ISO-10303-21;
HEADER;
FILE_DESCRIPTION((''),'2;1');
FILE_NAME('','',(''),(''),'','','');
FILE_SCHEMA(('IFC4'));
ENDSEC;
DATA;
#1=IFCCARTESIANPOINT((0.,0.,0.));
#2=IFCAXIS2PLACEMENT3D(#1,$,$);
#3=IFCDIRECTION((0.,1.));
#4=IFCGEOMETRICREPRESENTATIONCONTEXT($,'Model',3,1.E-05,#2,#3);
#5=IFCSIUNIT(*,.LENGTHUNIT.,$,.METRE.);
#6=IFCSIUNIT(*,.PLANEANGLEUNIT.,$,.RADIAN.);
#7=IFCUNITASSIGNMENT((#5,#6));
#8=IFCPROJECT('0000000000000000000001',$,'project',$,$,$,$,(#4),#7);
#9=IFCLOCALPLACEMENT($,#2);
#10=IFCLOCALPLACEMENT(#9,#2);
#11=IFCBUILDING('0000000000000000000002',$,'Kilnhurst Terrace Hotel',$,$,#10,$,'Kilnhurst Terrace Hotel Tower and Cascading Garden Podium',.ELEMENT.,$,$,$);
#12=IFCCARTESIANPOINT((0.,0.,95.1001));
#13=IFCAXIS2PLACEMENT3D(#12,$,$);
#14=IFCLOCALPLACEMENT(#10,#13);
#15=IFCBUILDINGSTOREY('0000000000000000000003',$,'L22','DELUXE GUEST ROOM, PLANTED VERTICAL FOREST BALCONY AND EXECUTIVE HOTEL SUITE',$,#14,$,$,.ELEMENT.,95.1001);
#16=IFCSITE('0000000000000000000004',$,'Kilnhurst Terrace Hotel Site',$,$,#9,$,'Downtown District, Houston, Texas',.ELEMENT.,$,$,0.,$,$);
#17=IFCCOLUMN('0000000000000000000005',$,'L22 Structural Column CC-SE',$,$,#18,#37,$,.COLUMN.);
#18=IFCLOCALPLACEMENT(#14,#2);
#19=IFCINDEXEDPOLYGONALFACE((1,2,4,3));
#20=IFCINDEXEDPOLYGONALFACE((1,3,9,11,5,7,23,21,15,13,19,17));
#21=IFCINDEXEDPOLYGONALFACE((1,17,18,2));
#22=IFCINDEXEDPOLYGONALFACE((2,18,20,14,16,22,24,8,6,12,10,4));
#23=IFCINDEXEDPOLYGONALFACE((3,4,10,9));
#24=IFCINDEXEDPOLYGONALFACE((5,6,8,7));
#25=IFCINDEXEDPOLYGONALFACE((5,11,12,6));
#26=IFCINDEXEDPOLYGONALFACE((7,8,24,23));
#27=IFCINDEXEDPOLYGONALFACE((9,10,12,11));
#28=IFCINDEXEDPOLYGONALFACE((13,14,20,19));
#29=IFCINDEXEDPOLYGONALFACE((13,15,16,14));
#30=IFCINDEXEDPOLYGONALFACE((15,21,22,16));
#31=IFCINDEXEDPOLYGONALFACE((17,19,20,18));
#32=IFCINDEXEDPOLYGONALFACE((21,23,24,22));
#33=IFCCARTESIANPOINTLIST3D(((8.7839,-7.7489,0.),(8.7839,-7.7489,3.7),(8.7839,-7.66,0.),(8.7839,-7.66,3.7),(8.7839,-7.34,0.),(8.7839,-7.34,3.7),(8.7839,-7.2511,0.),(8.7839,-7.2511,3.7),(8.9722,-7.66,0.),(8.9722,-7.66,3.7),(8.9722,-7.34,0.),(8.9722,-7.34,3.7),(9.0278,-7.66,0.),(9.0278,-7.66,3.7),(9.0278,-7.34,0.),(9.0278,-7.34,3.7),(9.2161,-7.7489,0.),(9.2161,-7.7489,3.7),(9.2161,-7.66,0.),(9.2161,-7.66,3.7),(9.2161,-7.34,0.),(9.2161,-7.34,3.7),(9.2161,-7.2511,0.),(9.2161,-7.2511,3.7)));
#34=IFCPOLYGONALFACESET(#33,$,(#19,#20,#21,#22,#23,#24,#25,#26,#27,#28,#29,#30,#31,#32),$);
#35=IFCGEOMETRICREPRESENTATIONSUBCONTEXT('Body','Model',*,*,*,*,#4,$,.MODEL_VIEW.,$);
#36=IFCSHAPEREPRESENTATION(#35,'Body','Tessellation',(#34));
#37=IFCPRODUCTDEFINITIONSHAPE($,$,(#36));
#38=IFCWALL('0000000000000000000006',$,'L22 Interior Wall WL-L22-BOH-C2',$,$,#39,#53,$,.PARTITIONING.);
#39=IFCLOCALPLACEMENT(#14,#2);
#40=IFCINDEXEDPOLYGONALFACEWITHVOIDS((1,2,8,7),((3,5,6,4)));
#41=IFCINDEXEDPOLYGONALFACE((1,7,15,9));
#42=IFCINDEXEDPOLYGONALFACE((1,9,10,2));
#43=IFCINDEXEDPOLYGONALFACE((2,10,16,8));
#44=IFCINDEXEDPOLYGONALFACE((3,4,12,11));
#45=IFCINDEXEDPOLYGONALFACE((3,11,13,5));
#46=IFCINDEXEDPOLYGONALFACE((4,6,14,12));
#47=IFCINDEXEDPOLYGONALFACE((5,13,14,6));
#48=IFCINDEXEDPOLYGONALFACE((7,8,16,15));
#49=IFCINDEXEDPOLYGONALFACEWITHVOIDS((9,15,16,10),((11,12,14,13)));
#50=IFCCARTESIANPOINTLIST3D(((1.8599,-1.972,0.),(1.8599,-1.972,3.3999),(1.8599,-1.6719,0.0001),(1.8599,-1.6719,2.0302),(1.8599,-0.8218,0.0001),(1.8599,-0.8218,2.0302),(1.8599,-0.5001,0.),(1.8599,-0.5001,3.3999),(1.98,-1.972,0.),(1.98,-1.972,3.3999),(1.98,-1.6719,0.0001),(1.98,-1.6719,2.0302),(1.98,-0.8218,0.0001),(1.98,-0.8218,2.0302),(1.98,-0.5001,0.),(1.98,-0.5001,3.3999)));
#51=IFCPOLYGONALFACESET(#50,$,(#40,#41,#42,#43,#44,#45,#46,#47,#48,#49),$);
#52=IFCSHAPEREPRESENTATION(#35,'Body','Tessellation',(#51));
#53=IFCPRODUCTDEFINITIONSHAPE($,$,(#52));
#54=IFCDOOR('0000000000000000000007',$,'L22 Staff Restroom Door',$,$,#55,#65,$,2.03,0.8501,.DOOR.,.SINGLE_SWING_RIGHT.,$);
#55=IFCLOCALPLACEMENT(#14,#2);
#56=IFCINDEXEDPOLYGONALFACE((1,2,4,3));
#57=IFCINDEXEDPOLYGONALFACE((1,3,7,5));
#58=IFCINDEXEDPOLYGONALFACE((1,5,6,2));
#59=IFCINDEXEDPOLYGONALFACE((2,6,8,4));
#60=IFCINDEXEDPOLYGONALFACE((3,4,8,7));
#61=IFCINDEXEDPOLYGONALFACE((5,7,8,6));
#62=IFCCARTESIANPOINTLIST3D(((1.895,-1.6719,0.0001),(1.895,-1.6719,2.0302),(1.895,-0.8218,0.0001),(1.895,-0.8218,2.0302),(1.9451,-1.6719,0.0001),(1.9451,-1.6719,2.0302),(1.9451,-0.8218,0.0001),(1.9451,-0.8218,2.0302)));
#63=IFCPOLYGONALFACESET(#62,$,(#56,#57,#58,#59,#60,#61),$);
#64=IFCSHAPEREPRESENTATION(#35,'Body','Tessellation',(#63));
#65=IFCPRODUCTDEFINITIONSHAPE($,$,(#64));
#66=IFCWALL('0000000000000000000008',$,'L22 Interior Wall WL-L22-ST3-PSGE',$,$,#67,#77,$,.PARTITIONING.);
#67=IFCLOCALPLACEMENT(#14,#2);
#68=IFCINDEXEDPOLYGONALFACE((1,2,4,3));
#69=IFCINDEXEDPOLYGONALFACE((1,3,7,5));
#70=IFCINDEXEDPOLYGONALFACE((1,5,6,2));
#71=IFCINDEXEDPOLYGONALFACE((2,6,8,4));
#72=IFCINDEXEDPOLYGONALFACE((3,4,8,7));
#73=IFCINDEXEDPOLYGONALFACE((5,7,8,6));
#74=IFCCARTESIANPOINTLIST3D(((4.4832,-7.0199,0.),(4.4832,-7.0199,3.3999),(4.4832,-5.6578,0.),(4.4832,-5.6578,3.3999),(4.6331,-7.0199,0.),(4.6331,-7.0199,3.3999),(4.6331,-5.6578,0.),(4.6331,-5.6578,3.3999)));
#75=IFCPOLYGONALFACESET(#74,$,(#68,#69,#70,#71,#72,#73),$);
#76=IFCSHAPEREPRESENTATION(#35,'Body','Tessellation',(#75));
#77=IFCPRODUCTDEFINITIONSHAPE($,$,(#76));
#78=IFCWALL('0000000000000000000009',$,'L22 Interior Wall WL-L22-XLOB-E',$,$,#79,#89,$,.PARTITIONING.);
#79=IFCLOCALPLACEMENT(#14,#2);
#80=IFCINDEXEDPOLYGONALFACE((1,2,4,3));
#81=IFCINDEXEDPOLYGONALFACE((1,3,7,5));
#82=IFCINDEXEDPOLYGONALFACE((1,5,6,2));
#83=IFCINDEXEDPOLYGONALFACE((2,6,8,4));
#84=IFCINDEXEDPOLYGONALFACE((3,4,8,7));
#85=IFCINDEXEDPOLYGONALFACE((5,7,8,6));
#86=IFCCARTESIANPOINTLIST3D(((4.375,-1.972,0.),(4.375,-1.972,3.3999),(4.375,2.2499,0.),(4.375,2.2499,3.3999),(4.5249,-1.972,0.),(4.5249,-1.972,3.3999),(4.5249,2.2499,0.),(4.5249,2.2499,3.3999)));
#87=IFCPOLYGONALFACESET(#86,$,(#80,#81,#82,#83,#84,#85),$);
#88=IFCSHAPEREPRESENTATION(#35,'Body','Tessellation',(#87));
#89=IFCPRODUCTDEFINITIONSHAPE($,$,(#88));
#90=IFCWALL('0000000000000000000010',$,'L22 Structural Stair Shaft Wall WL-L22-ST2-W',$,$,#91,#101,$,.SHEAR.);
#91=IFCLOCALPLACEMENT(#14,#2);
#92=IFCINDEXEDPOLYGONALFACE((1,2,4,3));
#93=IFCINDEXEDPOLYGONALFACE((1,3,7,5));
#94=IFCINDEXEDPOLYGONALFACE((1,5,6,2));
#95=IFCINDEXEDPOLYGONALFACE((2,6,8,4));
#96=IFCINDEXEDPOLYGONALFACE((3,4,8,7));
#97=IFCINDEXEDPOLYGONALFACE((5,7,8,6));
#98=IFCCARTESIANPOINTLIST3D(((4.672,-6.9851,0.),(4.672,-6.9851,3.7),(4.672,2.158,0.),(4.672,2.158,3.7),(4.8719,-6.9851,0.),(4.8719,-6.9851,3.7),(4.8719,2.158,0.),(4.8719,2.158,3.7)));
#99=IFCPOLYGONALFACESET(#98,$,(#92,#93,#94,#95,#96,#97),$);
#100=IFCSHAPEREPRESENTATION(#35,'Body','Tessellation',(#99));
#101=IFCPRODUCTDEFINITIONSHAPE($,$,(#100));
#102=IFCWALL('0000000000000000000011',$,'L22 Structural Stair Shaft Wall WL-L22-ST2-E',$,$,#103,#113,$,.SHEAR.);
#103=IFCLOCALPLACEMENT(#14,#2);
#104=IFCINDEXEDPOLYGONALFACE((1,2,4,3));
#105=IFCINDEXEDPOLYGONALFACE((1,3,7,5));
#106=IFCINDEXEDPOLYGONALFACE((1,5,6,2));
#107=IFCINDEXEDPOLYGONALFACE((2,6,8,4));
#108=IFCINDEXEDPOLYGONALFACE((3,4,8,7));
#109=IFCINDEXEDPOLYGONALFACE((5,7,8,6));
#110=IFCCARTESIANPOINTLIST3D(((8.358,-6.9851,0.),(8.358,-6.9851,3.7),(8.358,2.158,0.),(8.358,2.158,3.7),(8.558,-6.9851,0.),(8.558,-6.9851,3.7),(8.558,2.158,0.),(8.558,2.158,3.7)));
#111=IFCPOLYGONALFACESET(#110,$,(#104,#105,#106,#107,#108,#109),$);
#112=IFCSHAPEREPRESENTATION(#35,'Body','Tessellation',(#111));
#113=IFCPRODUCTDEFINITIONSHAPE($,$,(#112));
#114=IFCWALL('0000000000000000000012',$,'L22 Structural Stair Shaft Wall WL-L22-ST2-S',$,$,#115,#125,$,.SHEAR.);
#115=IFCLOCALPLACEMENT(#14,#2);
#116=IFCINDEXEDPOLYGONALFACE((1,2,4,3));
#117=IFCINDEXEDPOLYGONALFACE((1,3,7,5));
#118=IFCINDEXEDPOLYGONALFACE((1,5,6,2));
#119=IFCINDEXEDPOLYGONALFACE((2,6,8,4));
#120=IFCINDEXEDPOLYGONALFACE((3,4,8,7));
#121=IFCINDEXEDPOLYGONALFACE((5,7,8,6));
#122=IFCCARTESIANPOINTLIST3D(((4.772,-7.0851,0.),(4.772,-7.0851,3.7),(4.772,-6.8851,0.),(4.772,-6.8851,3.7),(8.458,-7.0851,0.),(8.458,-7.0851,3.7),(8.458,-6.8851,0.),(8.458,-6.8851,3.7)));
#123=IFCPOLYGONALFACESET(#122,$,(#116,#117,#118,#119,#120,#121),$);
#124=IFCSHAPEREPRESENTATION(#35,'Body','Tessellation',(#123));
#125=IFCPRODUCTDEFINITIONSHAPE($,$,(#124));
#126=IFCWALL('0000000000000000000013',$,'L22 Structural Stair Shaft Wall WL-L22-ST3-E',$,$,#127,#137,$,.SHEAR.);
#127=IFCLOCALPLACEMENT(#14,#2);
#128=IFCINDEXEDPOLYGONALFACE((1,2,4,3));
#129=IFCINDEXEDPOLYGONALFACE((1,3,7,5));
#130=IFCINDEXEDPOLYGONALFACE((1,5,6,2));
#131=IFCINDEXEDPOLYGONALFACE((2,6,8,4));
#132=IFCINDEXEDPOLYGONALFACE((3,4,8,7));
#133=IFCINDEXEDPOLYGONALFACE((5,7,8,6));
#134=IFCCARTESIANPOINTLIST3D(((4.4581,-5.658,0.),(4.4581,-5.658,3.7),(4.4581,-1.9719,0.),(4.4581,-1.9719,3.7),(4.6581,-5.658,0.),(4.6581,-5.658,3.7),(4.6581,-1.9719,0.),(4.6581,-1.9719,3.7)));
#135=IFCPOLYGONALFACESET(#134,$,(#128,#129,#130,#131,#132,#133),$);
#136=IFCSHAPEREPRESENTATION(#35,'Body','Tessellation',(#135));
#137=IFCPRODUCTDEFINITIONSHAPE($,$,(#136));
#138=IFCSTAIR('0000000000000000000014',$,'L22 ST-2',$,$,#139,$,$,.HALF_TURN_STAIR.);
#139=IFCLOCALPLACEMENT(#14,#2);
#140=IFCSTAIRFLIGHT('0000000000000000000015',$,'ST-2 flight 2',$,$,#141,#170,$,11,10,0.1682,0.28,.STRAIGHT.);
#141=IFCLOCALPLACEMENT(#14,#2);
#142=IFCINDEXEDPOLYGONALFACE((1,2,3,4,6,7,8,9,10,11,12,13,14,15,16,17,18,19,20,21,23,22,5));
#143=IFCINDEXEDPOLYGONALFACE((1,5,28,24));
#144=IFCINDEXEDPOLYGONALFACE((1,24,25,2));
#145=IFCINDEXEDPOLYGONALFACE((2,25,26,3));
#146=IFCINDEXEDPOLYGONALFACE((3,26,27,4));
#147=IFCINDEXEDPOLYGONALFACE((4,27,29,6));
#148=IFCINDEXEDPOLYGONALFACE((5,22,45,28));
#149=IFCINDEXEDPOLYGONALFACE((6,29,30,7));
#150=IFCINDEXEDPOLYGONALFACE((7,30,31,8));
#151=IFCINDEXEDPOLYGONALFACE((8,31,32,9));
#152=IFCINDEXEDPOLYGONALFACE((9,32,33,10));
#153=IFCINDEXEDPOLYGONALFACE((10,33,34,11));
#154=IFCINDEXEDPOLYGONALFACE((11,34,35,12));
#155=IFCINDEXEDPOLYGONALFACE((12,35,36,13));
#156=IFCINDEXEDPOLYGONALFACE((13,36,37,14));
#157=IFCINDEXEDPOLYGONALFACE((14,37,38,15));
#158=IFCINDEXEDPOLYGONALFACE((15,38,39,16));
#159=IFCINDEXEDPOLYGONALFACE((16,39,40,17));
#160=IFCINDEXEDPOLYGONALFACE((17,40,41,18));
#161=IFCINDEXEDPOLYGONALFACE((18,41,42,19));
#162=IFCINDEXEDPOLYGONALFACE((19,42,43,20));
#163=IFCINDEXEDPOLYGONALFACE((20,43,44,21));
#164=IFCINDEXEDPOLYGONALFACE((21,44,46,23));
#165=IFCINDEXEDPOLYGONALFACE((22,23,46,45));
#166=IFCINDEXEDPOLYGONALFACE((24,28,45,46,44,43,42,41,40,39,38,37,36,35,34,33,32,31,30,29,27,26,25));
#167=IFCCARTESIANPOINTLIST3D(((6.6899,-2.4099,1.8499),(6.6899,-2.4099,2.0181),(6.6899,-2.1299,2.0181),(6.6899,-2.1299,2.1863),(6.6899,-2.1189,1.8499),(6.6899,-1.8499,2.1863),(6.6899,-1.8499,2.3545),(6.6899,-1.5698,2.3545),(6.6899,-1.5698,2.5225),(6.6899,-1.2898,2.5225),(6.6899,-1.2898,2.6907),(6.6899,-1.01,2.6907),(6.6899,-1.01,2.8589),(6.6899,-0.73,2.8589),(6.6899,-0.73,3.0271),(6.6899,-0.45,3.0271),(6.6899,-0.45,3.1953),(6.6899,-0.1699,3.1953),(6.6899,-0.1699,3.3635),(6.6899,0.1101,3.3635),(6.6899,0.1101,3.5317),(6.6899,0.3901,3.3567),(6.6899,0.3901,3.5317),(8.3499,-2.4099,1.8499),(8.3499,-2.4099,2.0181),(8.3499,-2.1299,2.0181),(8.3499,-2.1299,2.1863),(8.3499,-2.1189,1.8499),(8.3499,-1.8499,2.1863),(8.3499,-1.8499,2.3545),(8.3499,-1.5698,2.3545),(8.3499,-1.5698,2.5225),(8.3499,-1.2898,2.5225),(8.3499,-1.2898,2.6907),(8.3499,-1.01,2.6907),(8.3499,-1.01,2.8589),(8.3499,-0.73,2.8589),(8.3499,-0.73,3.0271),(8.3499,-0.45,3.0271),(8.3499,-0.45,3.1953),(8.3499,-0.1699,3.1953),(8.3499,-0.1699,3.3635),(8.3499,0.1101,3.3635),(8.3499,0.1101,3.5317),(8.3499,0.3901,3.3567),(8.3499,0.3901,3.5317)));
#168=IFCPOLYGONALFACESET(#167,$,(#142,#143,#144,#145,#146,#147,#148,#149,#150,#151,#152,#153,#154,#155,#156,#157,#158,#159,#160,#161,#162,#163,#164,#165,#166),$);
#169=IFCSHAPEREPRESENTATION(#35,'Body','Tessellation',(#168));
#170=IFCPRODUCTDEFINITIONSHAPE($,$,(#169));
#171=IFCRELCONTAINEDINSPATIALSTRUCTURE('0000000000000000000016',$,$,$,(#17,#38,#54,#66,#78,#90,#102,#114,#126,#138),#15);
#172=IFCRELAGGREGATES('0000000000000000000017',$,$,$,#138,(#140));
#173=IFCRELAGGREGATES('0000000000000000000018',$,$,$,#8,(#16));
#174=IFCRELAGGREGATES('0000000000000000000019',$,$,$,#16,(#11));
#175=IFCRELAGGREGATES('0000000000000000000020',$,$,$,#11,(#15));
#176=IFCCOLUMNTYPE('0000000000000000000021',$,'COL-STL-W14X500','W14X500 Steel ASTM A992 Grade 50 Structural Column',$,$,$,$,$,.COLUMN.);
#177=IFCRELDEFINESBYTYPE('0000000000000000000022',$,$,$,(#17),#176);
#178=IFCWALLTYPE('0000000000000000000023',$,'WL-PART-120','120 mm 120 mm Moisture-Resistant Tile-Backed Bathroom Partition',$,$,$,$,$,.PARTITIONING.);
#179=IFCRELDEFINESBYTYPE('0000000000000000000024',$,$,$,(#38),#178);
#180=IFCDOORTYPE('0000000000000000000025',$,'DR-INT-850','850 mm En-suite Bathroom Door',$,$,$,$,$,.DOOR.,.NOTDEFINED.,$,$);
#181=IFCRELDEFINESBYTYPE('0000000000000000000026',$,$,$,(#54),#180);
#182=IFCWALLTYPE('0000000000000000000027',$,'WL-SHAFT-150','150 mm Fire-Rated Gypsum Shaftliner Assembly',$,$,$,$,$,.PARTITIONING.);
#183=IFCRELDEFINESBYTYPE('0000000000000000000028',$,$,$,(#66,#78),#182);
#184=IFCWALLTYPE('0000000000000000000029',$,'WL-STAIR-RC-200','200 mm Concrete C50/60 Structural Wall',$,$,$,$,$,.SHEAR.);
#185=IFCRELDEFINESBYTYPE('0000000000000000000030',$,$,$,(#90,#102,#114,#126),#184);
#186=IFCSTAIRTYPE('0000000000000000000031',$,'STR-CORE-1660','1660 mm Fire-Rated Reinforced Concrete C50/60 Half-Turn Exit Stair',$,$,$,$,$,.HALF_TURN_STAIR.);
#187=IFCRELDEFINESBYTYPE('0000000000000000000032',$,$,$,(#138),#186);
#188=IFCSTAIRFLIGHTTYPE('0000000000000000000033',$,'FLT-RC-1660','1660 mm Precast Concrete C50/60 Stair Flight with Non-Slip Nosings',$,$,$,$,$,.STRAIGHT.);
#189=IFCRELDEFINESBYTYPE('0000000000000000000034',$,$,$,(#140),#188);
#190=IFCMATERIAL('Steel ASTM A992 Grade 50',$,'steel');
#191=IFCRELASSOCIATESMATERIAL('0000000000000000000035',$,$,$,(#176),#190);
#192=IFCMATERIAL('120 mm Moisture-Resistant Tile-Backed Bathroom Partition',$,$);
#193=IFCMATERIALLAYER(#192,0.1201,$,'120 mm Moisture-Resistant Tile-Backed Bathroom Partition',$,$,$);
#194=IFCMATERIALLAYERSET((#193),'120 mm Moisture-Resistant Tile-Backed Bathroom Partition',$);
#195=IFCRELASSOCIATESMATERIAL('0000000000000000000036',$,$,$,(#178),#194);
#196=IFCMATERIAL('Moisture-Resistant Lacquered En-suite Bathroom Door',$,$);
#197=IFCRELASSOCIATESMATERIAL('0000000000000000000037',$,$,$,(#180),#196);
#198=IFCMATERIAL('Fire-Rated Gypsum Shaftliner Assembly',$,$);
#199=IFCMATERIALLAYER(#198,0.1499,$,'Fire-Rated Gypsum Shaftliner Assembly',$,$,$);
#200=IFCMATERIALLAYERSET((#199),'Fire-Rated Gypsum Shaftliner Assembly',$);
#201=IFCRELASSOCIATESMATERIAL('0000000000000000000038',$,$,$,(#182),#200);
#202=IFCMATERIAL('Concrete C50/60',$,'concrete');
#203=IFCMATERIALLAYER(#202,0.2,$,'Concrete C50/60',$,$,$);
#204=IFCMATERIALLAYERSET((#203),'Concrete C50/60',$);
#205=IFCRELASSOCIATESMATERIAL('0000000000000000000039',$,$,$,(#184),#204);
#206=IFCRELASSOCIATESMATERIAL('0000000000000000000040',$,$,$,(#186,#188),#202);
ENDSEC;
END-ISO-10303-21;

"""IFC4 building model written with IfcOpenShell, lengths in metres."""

from ifc_helpers import new_model, si_unit, direction, frame, frame_2d, origin, origin_2d, place, context, subcontext, project, spatial, polyline, rectangle, i_section, outline, extrude, material, layer, layer_set, material_profile, profile_set, type_object, element, fill, aggregate, save


model = new_model("IFC4")

# Units and contexts
model_context = context("Model", 3, precision=1e-05, world=origin(), true_north=direction((0.0, 1.0)))
body_context = subcontext(model_context, "Body", "Model", "MODEL_VIEW")
ifc_project = project(units=[si_unit("LENGTHUNIT", "METRE"), si_unit("PLANEANGLEUNIT", "RADIAN")], contexts=[model_context])

# Site, building, storey
site_placement = place(None, origin())
site = spatial("IfcSite", under=ifc_project, at=site_placement, Name="Kilnhurst Terrace Hotel Site", LongName="Downtown District, Houston, Texas", CompositionType="ELEMENT", RefElevation=0.0)
building_placement = place(site_placement, origin())
building = spatial("IfcBuilding", under=site, at=building_placement, Name="Kilnhurst Terrace Hotel", LongName="Kilnhurst Terrace Hotel Tower and Cascading Garden Podium", CompositionType="ELEMENT")
storey_placement = place(building_placement, frame((0.0, 0.0, 95.1001)))
storey = spatial("IfcBuildingStorey", under=building, at=storey_placement, Name="L22", Description="DELUXE GUEST ROOM, PLANTED VERTICAL FOREST BALCONY AND EXECUTIVE HOTEL SUITE", CompositionType="ELEMENT", Elevation=95.1001)

# Column
ifc_material_1 = material(Name="Steel ASTM A992 Grade 50", Category="steel")
ifc_material_profile = material_profile(ifc_material_1, i_section(OverallWidth=0.4321, OverallDepth=0.4978, WebThickness=0.0557, FlangeThickness=0.0889, at=origin_2d()), Name="W14X500")
ifc_profile_set = profile_set([ifc_material_profile], Name="Steel ASTM A992 Grade 50")
column_type = type_object("IfcColumnType", Name="COL-STL-W14X500", Description="W14X500 Steel ASTM A992 Grade 50 Structural Column", PredefinedType="COLUMN", material=ifc_profile_set)
column_placement = place(storey_placement, frame((9.0, -7.5, 0.0), z_axis=(0.0, 0.0, 1.0), x_axis=(1.0, 0.0, 0.0)))
element("IfcColumn", 1, at=column_placement, inside=storey, type_object=column_type, Name="L22 Structural Column CC-SE", PredefinedType="COLUMN", context=body_context, shape_type="SweptSolid", body=[
    extrude(i_section(OverallWidth=0.4321, OverallDepth=0.4978, WebThickness=0.0557, FlangeThickness=0.0889, at=origin_2d()), origin(), (0.0, 0.0, 1.0), 3.7),
])

# Wall, opening, door
ifc_material_2 = material(Name="120 mm Moisture-Resistant Tile-Backed Bathroom Partition")
ifc_layer_1 = layer(ifc_material_2, 0.1201, Name="120 mm Moisture-Resistant Tile-Backed Bathroom Partition")
ifc_layer_set_1 = layer_set([ifc_layer_1], Name="120 mm Moisture-Resistant Tile-Backed Bathroom Partition")
wall_type_1 = type_object("IfcWallType", Name="WL-PART-120", Description="120 mm 120 mm Moisture-Resistant Tile-Backed Bathroom Partition", PredefinedType="PARTITIONING", material=ifc_layer_set_1)
wall_1_placement = place(storey_placement, frame((1.9199, -1.9719, 0.0), z_axis=(0.0, 0.0, 1.0), x_axis=(0.0, 1.0, 0.0)))
wall_1 = element("IfcWall", 2, at=wall_1_placement, inside=storey, type_object=wall_type_1, Name="L22 Interior Wall WL-L22-BOH-C2", PredefinedType="PARTITIONING", context=body_context, shape_type="SweptSolid", body=[
    extrude(rectangle(XDim=1.4719, YDim=0.1201, at=frame_2d((0.7358, 0.0))), origin(), (0.0, 0.0, 1.0), 3.3999),
])
opening_placement = place(wall_1_placement, frame((0.3, 0.0, 0.0)))
opening = element("IfcOpeningElement", 3, at=opening_placement, cuts=wall_1, PredefinedType="OPENING", context=body_context, shape_type="SweptSolid", body=[
    extrude(rectangle(XDim=0.8501, YDim=2.03, at=frame_2d((0.425, 1.0151))), frame((0.0, 0.0701, 0.0), z_axis=(0.0, -1.0, 0.0), x_axis=(1.0, 0.0, 0.0)), (0.0, 0.0, 1.0), 0.1401),
])
ifc_material_3 = material(Name="Moisture-Resistant Lacquered En-suite Bathroom Door")
door_type = type_object("IfcDoorType", Name="DR-INT-850", Description="850 mm En-suite Bathroom Door", OperationType="NOTDEFINED", PredefinedType="DOOR", material=ifc_material_3)
door_placement = place(opening_placement, origin())
door = element("IfcDoor", 4, at=door_placement, inside=storey, type_object=door_type, Name="L22 Staff Restroom Door", OperationType="SINGLE_SWING_RIGHT", OverallHeight=2.03, OverallWidth=0.8501, PredefinedType="DOOR", context=body_context, shape_type="SweptSolid", body=[
    extrude(rectangle(XDim=0.8501, YDim=2.03, at=frame_2d((0.425, 1.0151))), frame((0.0, 0.0249, 0.0), z_axis=(0.0, -1.0, 0.0), x_axis=(1.0, 0.0, 0.0)), (0.0, 0.0, 1.0), 0.05),
])
fill(opening, door)

# Walls
ifc_material_4 = material(Name="Fire-Rated Gypsum Shaftliner Assembly")
ifc_layer_2 = layer(ifc_material_4, 0.1499, Name="Fire-Rated Gypsum Shaftliner Assembly")
ifc_layer_set_2 = layer_set([ifc_layer_2], Name="Fire-Rated Gypsum Shaftliner Assembly")
wall_type_2 = type_object("IfcWallType", Name="WL-SHAFT-150", Description="150 mm Fire-Rated Gypsum Shaftliner Assembly", PredefinedType="PARTITIONING", material=ifc_layer_set_2)
wall_2_placement = place(storey_placement, frame((4.5581, -7.02, 0.0), z_axis=(0.0, 0.0, 1.0), x_axis=(0.0, 1.0, 0.0)))
element("IfcWall", 5, at=wall_2_placement, inside=storey, type_object=wall_type_2, Name="L22 Interior Wall WL-L22-ST3-PSGE", PredefinedType="PARTITIONING", context=body_context, shape_type="SweptSolid", body=[
    extrude(rectangle(XDim=1.3621, YDim=0.1499, at=frame_2d((0.6812, 0.0))), origin(), (0.0, 0.0, 1.0), 3.3999),
])
wall_3_placement = place(storey_placement, frame((4.45, -1.9719, 0.0), z_axis=(0.0, 0.0, 1.0), x_axis=(0.0, 1.0, 0.0)))
element("IfcWall", 6, at=wall_3_placement, inside=storey, type_object=wall_type_2, Name="L22 Interior Wall WL-L22-XLOB-E", PredefinedType="PARTITIONING", context=body_context, shape_type="SweptSolid", body=[
    extrude(rectangle(XDim=4.2219, YDim=0.1499, at=frame_2d((2.1108, 0.0))), origin(), (0.0, 0.0, 1.0), 3.3999),
])
ifc_material_5 = material(Name="Concrete C50/60", Category="concrete")
ifc_layer_3 = layer(ifc_material_5, 0.2, Name="Concrete C50/60")
ifc_layer_set_3 = layer_set([ifc_layer_3], Name="Concrete C50/60")
wall_type_3 = type_object("IfcWallType", Name="WL-STAIR-RC-200", Description="200 mm Concrete C50/60 Structural Wall", PredefinedType="SHEAR", material=ifc_layer_set_3)
for number, where, z_axis, x_axis, name in (
    (7, (4.772, -6.9851, 0.0), (0.0, 0.0, 1.0), (0.0, 1.0, 0.0), "L22 Structural Stair Shaft Wall WL-L22-ST2-W"),
    (8, (8.458, -6.9851, 0.0), (0.0, 0.0, 1.0), (0.0, 1.0, 0.0), "L22 Structural Stair Shaft Wall WL-L22-ST2-E"),
):
    element("IfcWall", number, at=place(storey_placement, frame(where, z_axis=z_axis, x_axis=x_axis)), inside=storey, type_object=wall_type_3, Name=name, PredefinedType="SHEAR", context=body_context, shape_type="SweptSolid", body=[
        extrude(rectangle(XDim=9.1431, YDim=0.2, at=frame_2d((4.5715, 0.0))), origin(), (0.0, 0.0, 1.0), 3.7),
    ])
for number, where, z_axis, x_axis, name in (
    (9, (4.772, -6.9851, 0.0), (0.0, 0.0, 1.0), (1.0, 0.0, 0.0), "L22 Structural Stair Shaft Wall WL-L22-ST2-S"),
    (10, (4.5581, -5.658, 0.0), (0.0, 0.0, 1.0), (0.0, 1.0, 0.0), "L22 Structural Stair Shaft Wall WL-L22-ST3-E"),
):
    element("IfcWall", number, at=place(storey_placement, frame(where, z_axis=z_axis, x_axis=x_axis)), inside=storey, type_object=wall_type_3, Name=name, PredefinedType="SHEAR", context=body_context, shape_type="SweptSolid", body=[
        extrude(rectangle(XDim=3.686, YDim=0.2, at=frame_2d((1.843, 0.0))), origin(), (0.0, 0.0, 1.0), 3.7),
    ])

# Stair, stair flight
stair_type = type_object("IfcStairType", Name="STR-CORE-1660", Description="1660 mm Fire-Rated Reinforced Concrete C50/60 Half-Turn Exit Stair", PredefinedType="HALF_TURN_STAIR", material=ifc_material_5)
stair_1_placement = place(storey_placement, origin())
stair_1 = element("IfcStair", 11, at=stair_1_placement, inside=storey, type_object=stair_type, Name="L22 ST-2", PredefinedType="HALF_TURN_STAIR")
stair_flight_type = type_object("IfcStairFlightType", Name="FLT-RC-1660", Description="1660 mm Precast Concrete C50/60 Stair Flight with Non-Slip Nosings", PredefinedType="STRAIGHT", material=ifc_material_5)
stair_flight_1_placement = place(storey_placement, frame((7.52, -2.4099, 1.8499), z_axis=(0.0, 0.0, 1.0), x_axis=(0.0, 1.0, 0.0)))
stair_flight_1 = element("IfcStairFlight", 12, at=stair_flight_1_placement, type_object=stair_flight_type, Name="ST-2 flight 2", NumberOfRisers=11, NumberOfTreads=10, PredefinedType="STRAIGHT", RiserHeight=0.1682, TreadLength=0.28, context=body_context, shape_type="SweptSolid", body=[
    extrude(outline(polyline([(0.0, 0.0), (0.0, 0.1682), (0.28, 0.1682), (0.28, 0.3364), (0.5601, 0.3364), (0.5601, 0.5046), (0.8401, 0.5046), (0.8401, 0.6726), (1.1201, 0.6726), (1.1201, 0.8408), (1.3999, 0.8408), (1.3999, 1.009), (1.6799, 1.009), (1.6799, 1.1772), (1.96, 1.1772), (1.96, 1.3455), (2.24, 1.3455), (2.24, 1.5137), (2.52, 1.5137), (2.52, 1.6819), (2.8, 1.6819), (2.8, 1.8501), (2.8, 1.5068), (0.291, 0.0), (0.0, 0.0)])), frame((0.0, 0.8301, 0.0), z_axis=(0.0, -1.0, 0.0), x_axis=(1.0, 0.0, 0.0)), (0.0, 0.0, 1.0), 1.6599),
])
aggregate(stair_1, [stair_flight_1])

save(model, "model.ifc")
